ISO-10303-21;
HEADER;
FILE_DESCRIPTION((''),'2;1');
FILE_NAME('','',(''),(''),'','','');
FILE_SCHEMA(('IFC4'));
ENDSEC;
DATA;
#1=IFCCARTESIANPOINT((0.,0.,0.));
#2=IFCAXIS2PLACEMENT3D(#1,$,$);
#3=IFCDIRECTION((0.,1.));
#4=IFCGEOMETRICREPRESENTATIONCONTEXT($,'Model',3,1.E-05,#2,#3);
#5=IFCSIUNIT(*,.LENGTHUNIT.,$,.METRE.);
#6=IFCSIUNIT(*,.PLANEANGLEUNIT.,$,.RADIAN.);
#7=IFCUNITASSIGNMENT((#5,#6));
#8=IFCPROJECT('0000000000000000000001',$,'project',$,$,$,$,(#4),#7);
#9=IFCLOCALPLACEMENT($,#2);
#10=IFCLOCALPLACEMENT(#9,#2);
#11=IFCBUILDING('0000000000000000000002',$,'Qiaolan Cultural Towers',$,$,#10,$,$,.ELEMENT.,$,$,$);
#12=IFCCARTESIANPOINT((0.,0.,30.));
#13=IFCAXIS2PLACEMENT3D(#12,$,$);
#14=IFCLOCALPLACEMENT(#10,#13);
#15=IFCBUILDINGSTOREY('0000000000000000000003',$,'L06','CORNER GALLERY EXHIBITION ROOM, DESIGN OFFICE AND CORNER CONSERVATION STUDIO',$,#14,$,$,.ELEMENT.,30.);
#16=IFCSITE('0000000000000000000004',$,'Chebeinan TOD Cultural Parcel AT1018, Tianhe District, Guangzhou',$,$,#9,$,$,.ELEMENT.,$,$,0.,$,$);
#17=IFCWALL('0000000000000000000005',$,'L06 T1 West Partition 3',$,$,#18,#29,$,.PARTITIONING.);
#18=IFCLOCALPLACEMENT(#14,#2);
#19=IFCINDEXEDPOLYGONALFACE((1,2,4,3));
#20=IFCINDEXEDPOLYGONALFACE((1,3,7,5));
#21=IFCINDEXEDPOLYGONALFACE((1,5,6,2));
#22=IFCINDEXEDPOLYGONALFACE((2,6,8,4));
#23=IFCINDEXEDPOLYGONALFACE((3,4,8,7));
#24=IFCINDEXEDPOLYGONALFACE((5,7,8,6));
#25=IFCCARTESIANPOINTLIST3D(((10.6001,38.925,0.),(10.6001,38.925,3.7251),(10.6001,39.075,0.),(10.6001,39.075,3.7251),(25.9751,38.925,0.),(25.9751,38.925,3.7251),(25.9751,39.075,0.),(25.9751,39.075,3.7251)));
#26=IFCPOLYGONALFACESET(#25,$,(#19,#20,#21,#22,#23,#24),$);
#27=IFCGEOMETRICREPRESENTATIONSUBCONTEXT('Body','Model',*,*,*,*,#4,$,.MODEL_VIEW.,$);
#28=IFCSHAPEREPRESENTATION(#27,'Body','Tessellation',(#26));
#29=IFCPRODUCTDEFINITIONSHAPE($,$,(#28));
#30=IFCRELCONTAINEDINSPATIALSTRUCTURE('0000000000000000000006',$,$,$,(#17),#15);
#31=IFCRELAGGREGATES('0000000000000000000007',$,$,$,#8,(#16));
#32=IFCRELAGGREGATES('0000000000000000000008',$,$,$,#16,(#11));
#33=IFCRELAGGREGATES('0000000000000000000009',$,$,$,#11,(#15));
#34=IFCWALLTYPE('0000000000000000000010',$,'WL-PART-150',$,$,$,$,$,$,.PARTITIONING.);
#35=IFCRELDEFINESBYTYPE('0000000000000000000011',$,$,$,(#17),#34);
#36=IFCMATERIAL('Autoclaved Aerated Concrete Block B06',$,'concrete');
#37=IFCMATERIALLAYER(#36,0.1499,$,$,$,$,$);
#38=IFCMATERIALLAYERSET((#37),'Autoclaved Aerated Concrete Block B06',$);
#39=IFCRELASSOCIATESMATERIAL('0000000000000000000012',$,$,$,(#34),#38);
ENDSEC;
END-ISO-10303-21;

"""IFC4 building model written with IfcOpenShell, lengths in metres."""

from ifc_helpers import new_model, si_unit, direction, frame, frame_2d, origin, place, context, subcontext, project, spatial, rectangle, extrude, material, layer, layer_set, type_object, element, save


model = new_model("IFC4")

# Units and contexts
model_context = context("Model", 3, precision=1e-05, world=origin(), true_north=direction((0.0, 1.0)))
body_context = subcontext(model_context, "Body", "Model", "MODEL_VIEW")
ifc_project = project(units=[si_unit("LENGTHUNIT", "METRE"), si_unit("PLANEANGLEUNIT", "RADIAN")], contexts=[model_context])

# Site, building, storey
site_placement = place(None, origin())
site = spatial("IfcSite", under=ifc_project, at=site_placement, Name="Chebeinan TOD Cultural Parcel AT1018, Tianhe District, Guangzhou", CompositionType="ELEMENT", RefElevation=0.0)
building_placement = place(site_placement, origin())
building = spatial("IfcBuilding", under=site, at=building_placement, Name="Qiaolan Cultural Towers", CompositionType="ELEMENT")
storey_placement = place(building_placement, frame((0.0, 0.0, 30.0)))
storey = spatial("IfcBuildingStorey", under=building, at=storey_placement, Name="L06", Description="CORNER GALLERY EXHIBITION ROOM, DESIGN OFFICE AND CORNER CONSERVATION STUDIO", CompositionType="ELEMENT", Elevation=30.0)

# Shared definitions
ifc_material_1 = material(Name="Autoclaved Aerated Concrete Block B06", Category="concrete")
ifc_layer_1 = layer(ifc_material_1, 0.1499)
ifc_layer_set_1 = layer_set([ifc_layer_1], Name="Autoclaved Aerated Concrete Block B06")
wall_type_1 = type_object("IfcWallType", Name="WL-PART-150", PredefinedType="PARTITIONING", material=ifc_layer_set_1)

# Wall
for number, where, z_axis, x_axis, name in (
    (1, (10.6001, 39.0, 0.0), (0.0, 0.0, 1.0), (1.0, 0.0, 0.0), "L06 T1 West Partition 3"),
):
    element("IfcWall", number, at=place(storey_placement, frame(where, z_axis=z_axis, x_axis=x_axis)), inside=storey, type_object=wall_type_1, Name=name, PredefinedType="PARTITIONING", context=body_context, shape_type="SweptSolid", body=[
        extrude(rectangle(XDim=15.375, YDim=0.1499, at=frame_2d((7.6875, 0.0))), origin(), (0.0, 0.0, 1.0), 3.7251),
    ])

save(model, "model.ifc")
